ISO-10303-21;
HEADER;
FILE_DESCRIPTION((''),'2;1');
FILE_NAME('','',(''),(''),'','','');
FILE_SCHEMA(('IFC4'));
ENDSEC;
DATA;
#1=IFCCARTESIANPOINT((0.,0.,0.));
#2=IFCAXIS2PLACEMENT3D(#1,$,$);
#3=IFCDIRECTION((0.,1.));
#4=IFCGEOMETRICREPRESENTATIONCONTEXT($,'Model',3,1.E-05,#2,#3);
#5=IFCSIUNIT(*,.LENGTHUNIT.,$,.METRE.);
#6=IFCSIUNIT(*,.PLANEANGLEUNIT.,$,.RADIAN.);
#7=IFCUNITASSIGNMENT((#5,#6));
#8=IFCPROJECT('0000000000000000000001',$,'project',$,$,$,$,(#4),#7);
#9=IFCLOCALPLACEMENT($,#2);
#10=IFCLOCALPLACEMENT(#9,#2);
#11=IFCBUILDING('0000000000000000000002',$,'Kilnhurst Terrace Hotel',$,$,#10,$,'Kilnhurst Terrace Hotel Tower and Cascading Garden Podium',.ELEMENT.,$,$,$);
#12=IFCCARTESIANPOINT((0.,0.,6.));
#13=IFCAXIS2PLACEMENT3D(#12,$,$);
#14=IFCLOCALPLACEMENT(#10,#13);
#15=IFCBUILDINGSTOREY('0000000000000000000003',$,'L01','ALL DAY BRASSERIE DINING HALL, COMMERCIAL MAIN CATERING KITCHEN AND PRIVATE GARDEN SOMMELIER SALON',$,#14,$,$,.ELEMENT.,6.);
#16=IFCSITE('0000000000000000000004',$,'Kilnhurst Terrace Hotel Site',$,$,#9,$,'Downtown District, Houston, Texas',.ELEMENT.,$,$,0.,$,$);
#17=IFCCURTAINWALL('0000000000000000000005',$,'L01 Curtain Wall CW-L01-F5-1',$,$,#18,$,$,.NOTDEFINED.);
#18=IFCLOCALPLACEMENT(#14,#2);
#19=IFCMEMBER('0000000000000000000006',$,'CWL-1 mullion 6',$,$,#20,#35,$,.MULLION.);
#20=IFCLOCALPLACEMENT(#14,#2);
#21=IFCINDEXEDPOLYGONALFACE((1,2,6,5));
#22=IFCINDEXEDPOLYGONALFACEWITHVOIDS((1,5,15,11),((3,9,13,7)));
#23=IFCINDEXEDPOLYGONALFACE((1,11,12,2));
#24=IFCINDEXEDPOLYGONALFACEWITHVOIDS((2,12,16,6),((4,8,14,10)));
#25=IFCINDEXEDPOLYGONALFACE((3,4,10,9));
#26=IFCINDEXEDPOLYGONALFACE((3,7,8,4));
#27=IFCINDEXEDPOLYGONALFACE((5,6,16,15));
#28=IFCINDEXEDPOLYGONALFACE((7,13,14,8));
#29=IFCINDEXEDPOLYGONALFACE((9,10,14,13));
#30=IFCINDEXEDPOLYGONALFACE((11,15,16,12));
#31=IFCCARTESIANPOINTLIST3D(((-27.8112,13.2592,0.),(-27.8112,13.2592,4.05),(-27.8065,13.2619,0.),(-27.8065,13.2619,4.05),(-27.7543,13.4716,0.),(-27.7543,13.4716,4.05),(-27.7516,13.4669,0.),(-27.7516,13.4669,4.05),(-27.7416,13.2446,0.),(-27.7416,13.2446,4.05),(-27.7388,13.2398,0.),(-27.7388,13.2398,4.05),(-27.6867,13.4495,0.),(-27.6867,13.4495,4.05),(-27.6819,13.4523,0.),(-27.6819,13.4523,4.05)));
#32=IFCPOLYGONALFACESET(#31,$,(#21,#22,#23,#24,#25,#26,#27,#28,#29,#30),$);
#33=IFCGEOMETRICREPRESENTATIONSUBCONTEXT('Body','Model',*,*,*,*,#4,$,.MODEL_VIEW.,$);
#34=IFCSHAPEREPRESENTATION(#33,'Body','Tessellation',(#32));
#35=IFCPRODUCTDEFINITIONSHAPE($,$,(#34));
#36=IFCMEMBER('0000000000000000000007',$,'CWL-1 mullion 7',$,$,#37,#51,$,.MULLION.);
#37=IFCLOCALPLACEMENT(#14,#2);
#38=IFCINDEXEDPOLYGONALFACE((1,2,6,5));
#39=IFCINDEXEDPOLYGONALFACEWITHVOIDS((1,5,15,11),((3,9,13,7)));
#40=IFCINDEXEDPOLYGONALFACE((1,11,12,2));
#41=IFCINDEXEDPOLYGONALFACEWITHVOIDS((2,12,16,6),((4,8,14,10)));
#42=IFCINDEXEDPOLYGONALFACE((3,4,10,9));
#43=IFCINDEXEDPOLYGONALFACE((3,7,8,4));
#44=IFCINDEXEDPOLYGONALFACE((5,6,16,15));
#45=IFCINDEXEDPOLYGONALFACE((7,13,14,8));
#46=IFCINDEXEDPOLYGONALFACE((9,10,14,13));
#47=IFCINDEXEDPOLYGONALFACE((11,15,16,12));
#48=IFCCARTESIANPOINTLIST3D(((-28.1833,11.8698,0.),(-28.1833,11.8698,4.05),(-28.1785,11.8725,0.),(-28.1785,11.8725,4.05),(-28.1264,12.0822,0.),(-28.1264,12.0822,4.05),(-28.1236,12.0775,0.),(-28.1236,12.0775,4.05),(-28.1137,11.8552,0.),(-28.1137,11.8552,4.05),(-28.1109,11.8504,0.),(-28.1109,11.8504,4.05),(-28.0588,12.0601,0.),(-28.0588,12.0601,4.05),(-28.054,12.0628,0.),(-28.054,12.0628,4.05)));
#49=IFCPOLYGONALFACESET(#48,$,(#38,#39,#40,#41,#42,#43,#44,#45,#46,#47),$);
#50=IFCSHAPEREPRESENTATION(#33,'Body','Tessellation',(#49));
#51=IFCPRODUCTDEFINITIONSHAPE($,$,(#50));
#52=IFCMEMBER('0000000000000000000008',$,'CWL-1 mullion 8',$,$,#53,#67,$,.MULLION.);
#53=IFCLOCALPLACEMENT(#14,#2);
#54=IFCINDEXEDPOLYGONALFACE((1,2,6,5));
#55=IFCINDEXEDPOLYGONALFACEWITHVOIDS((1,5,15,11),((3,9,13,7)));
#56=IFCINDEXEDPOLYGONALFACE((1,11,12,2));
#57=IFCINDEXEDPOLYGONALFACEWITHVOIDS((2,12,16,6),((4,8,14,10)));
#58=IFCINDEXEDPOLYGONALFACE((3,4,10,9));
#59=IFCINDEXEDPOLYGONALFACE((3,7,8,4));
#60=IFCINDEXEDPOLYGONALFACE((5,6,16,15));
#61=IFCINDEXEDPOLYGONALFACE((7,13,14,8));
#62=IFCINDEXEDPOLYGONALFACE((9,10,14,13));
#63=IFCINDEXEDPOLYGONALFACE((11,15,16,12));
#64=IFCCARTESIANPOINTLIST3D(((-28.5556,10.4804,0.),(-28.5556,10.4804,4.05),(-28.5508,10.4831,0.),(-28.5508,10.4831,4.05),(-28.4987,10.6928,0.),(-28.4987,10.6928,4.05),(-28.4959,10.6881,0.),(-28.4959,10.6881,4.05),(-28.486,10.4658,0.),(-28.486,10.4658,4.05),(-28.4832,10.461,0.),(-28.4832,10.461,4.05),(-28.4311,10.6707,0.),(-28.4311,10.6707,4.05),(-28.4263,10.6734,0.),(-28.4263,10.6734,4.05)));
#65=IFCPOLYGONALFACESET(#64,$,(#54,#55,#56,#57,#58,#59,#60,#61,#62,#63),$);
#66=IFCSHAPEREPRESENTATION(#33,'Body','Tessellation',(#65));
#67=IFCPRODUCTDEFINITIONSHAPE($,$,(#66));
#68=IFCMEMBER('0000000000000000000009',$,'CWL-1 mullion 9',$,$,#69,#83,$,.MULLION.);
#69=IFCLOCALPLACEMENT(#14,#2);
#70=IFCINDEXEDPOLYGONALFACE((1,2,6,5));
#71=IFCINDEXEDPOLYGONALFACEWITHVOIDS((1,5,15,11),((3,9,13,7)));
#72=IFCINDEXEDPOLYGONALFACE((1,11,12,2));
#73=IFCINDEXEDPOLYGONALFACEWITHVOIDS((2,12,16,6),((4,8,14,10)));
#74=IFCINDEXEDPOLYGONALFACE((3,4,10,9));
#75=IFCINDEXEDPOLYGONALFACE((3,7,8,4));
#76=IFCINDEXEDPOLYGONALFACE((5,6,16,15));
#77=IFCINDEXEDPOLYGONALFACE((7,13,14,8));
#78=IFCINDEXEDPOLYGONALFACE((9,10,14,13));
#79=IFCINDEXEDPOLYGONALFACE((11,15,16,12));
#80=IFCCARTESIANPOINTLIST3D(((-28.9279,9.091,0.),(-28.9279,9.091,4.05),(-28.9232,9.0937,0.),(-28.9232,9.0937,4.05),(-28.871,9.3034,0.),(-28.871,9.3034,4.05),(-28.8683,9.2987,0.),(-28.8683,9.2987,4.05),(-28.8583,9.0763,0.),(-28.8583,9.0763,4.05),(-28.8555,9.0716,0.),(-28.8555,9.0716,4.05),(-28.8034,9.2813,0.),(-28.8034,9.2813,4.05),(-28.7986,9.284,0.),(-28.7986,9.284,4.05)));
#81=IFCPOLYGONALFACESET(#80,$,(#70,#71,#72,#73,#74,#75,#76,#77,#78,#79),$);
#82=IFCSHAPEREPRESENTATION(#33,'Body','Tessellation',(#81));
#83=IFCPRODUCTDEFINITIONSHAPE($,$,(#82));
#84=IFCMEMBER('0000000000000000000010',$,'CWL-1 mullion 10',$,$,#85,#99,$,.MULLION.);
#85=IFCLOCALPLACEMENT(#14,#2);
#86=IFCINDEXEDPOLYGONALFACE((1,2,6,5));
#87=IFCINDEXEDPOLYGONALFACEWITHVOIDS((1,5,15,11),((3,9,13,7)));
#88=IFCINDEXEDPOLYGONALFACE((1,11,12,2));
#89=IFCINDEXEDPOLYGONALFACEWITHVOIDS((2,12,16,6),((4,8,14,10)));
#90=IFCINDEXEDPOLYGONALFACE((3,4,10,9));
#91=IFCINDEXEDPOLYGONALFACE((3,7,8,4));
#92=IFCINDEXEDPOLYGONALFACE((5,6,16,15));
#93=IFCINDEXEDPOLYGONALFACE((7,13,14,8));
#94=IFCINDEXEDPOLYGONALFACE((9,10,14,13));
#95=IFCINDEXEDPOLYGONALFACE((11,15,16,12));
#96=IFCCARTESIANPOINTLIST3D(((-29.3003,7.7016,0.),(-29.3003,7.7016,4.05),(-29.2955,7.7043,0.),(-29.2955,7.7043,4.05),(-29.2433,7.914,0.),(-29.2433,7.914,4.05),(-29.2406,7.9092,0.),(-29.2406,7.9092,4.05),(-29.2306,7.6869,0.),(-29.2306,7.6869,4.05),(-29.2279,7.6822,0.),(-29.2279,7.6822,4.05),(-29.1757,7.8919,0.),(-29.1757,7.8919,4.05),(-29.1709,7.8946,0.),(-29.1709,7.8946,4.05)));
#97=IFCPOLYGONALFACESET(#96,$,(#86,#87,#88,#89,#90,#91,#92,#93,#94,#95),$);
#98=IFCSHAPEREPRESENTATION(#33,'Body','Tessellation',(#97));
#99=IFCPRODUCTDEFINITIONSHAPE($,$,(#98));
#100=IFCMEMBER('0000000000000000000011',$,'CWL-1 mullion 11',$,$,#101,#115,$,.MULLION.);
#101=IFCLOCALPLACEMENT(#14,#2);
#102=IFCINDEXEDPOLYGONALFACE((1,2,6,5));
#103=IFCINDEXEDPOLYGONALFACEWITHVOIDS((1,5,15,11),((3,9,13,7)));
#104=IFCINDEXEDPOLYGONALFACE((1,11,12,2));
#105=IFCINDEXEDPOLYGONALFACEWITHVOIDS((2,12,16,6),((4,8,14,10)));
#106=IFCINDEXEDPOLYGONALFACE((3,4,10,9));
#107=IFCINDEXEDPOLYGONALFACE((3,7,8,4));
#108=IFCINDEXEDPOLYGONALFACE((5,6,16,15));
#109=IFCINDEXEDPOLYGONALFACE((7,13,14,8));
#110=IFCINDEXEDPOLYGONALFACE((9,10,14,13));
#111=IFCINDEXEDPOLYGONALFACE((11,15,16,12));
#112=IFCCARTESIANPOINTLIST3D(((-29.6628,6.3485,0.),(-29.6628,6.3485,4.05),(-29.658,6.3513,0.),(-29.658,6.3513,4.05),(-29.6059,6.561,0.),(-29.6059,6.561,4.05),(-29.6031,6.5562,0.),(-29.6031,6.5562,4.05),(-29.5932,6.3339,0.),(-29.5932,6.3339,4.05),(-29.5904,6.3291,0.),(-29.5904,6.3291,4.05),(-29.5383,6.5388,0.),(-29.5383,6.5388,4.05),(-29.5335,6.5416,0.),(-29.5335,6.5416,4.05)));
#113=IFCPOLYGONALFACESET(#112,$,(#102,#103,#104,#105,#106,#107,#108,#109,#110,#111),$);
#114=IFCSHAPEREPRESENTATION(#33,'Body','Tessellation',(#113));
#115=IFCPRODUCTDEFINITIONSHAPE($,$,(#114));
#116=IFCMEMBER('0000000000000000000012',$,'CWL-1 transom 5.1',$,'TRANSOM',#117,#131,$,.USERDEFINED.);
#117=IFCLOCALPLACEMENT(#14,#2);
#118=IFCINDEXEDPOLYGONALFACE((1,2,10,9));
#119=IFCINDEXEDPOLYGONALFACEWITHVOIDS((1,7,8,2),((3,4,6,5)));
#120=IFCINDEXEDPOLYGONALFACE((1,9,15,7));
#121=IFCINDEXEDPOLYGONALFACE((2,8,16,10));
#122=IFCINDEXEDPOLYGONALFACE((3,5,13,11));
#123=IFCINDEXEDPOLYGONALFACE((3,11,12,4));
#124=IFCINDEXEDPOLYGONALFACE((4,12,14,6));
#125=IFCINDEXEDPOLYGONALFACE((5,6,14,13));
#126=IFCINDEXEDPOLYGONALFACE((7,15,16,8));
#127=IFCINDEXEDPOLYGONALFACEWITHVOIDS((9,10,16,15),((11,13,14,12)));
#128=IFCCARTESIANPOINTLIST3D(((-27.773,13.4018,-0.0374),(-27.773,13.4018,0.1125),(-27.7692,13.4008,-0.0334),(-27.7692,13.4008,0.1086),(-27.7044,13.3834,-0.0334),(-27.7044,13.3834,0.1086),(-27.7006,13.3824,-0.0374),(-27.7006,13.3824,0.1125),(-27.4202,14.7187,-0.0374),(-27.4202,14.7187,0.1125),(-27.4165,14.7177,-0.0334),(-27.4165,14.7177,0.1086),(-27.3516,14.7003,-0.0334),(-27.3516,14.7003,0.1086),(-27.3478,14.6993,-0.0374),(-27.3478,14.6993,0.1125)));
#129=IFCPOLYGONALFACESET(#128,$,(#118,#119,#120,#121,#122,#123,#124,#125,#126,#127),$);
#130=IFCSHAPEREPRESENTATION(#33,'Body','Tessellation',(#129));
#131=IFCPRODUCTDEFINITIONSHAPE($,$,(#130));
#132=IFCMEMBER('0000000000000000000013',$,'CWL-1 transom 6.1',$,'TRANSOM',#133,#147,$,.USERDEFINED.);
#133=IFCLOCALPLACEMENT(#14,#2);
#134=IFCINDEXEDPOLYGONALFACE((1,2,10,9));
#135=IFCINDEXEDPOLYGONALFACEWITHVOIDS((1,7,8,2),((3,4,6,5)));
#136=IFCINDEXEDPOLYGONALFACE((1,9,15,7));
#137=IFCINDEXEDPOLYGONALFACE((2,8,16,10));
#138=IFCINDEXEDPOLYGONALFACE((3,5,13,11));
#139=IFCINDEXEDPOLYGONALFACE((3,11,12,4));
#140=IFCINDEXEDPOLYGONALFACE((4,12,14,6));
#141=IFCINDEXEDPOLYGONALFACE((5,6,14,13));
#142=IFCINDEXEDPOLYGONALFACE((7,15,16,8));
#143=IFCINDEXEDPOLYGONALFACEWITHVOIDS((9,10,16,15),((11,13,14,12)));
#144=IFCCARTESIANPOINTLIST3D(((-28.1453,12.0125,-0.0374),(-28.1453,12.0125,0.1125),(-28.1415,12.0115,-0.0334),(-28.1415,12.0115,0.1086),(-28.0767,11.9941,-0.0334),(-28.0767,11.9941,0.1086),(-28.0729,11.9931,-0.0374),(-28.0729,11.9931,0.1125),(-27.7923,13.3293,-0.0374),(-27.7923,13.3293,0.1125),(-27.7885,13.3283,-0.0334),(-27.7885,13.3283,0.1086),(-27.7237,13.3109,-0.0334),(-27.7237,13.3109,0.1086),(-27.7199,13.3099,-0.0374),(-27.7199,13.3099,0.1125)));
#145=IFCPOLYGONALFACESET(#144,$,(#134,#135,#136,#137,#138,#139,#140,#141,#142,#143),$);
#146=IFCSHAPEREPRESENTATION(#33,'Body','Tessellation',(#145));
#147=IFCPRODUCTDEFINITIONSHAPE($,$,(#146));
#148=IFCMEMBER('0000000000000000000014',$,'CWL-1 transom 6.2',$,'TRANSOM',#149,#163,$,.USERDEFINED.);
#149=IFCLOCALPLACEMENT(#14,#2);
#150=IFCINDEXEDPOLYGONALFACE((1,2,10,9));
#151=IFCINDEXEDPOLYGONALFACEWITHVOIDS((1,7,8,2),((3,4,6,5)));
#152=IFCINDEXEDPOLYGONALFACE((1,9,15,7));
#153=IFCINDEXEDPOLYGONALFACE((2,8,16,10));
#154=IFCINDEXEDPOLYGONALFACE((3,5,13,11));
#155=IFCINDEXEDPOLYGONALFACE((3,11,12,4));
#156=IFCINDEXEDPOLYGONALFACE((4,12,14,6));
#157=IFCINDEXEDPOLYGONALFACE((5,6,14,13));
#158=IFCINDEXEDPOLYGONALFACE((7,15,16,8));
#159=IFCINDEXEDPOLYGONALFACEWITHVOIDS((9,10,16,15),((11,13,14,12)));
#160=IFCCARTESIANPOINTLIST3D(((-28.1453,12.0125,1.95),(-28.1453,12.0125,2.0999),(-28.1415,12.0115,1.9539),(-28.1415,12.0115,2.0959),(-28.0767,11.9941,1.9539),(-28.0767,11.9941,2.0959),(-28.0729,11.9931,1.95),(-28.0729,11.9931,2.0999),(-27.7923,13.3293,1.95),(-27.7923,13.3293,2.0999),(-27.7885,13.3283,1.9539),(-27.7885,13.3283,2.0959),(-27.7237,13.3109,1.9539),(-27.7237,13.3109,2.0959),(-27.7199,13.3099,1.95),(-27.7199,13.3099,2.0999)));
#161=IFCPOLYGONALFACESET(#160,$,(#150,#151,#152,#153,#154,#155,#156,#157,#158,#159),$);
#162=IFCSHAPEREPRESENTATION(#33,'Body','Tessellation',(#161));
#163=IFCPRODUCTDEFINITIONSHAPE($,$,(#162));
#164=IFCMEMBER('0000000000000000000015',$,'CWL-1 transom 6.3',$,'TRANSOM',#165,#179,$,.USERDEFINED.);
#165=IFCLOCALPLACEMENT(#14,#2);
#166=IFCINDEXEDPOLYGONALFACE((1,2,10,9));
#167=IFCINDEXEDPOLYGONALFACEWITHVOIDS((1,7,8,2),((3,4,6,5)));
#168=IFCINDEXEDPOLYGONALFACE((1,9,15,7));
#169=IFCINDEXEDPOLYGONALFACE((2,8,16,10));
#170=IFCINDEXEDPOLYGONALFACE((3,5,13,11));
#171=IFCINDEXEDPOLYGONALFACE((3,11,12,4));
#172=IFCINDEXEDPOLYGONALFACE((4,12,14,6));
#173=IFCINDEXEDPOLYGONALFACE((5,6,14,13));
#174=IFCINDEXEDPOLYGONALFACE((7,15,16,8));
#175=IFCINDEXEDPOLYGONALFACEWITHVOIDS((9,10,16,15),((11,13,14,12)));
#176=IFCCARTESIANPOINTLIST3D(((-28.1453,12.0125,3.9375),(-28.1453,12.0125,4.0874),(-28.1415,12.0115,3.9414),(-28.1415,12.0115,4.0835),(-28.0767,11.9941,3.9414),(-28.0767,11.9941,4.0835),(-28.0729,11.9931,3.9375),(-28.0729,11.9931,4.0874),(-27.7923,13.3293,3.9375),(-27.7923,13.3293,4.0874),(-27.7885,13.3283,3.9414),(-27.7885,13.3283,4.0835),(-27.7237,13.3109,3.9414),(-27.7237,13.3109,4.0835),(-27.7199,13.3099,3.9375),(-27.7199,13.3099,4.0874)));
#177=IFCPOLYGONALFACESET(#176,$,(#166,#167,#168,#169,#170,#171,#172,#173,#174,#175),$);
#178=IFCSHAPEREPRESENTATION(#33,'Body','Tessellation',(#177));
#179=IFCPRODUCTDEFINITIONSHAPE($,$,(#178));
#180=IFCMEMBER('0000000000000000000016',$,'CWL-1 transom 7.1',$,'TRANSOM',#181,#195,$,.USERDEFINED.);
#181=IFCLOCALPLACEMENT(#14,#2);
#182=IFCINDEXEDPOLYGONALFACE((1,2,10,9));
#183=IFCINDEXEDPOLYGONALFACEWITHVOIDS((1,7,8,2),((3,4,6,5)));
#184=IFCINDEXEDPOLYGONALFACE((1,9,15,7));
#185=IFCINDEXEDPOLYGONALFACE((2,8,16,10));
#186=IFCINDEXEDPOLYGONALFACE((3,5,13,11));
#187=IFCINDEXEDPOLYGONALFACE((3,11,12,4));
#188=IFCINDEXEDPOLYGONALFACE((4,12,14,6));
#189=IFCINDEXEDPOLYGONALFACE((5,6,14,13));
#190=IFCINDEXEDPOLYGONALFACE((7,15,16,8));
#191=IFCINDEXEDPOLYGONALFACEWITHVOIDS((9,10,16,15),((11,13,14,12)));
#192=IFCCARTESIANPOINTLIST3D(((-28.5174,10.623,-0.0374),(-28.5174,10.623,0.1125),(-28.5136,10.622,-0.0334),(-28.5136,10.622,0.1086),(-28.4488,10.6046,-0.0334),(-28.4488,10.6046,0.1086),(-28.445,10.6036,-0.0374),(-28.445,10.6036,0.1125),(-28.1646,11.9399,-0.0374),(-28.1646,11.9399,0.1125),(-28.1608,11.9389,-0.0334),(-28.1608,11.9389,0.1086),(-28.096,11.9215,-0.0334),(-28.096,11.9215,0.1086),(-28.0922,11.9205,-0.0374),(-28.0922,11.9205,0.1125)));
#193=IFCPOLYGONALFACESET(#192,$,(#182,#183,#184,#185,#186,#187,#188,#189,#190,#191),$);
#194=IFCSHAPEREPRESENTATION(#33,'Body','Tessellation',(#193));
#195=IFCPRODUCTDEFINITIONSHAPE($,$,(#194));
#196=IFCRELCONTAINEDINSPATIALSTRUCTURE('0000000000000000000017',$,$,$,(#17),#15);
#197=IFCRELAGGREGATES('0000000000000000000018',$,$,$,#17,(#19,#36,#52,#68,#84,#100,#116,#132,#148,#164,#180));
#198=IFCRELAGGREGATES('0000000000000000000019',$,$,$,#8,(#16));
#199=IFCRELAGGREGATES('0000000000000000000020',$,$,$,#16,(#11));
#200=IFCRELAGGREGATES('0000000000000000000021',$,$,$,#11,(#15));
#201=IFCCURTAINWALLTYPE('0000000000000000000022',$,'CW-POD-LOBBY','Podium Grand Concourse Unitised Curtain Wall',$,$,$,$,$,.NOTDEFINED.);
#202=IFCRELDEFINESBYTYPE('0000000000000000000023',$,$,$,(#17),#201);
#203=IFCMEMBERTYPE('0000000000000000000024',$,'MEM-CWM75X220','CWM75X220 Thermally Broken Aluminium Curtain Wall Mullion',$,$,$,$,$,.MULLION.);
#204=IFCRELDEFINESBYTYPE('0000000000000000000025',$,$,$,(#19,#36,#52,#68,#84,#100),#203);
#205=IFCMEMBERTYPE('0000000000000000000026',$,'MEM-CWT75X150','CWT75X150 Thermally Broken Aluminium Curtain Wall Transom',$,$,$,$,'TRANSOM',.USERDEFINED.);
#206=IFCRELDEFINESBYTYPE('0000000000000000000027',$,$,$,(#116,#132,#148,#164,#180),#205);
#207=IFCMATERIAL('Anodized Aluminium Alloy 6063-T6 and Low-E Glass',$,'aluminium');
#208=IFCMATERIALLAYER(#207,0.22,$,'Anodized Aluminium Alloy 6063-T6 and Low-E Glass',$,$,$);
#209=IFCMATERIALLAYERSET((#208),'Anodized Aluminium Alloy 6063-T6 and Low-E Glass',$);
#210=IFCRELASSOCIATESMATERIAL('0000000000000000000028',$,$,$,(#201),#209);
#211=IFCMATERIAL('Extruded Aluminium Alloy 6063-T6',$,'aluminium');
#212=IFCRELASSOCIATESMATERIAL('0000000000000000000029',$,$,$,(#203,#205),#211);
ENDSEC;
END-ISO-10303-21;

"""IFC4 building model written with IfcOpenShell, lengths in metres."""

from ifc_helpers import new_model, si_unit, direction, frame, origin, origin_2d, place, context, subcontext, project, spatial, hollow_rectangle, extrude, material, layer, layer_set, material_profile, profile_set, type_object, element, aggregate, save


model = new_model("IFC4")

# Units and contexts
model_context = context("Model", 3, precision=1e-05, world=origin(), true_north=direction((0.0, 1.0)))
body_context = subcontext(model_context, "Body", "Model", "MODEL_VIEW")
ifc_project = project(units=[si_unit("LENGTHUNIT", "METRE"), si_unit("PLANEANGLEUNIT", "RADIAN")], contexts=[model_context])

# Site, building, storey
site_placement = place(None, origin())
site = spatial("IfcSite", under=ifc_project, at=site_placement, Name="Kilnhurst Terrace Hotel Site", LongName="Downtown District, Houston, Texas", CompositionType="ELEMENT", RefElevation=0.0)
building_placement = place(site_placement, origin())
building = spatial("IfcBuilding", under=site, at=building_placement, Name="Kilnhurst Terrace Hotel", LongName="Kilnhurst Terrace Hotel Tower and Cascading Garden Podium", CompositionType="ELEMENT")
storey_placement = place(building_placement, frame((0.0, 0.0, 6.0)))
storey = spatial("IfcBuildingStorey", under=building, at=storey_placement, Name="L01", Description="ALL DAY BRASSERIE DINING HALL, COMMERCIAL MAIN CATERING KITCHEN AND PRIVATE GARDEN SOMMELIER SALON", CompositionType="ELEMENT", Elevation=6.0)

# Curtain wall, members
ifc_material_1 = material(Name="Anodized Aluminium Alloy 6063-T6 and Low-E Glass", Category="aluminium")
ifc_layer_1 = layer(ifc_material_1, 0.22, Name="Anodized Aluminium Alloy 6063-T6 and Low-E Glass")
ifc_layer_set_1 = layer_set([ifc_layer_1], Name="Anodized Aluminium Alloy 6063-T6 and Low-E Glass")
curtain_wall_type = type_object("IfcCurtainWallType", Name="CW-POD-LOBBY", Description="Podium Grand Concourse Unitised Curtain Wall", PredefinedType="NOTDEFINED", material=ifc_layer_set_1)
curtain_wall_placement = place(storey_placement, origin())
curtain_wall = element("IfcCurtainWall", 1, at=curtain_wall_placement, inside=storey, type_object=curtain_wall_type, Name="L01 Curtain Wall CW-L01-F5-1", PredefinedType="NOTDEFINED")
ifc_material_2 = material(Name="Extruded Aluminium Alloy 6063-T6", Category="aluminium")
ifc_material_profile_1 = material_profile(ifc_material_2, hollow_rectangle(XDim=0.075, YDim=0.22, WallThickness=0.0039, at=origin_2d()), Name="CWM75X220")
ifc_profile_set_1 = profile_set([ifc_material_profile_1], Name="Extruded Aluminium Alloy 6063-T6")
member_type_1 = type_object("IfcMemberType", Name="MEM-CWM75X220", Description="CWM75X220 Thermally Broken Aluminium Curtain Wall Mullion", PredefinedType="MULLION", material=ifc_profile_set_1)
member_1_placement = place(storey_placement, frame((-27.7466, 13.3557, 0.0), z_axis=(0.0, 0.0, 1.0), x_axis=(0.96593, -0.258802, 0.0)))
member_1 = element("IfcMember", 2, at=member_1_placement, type_object=member_type_1, Name="CWL-1 mullion 6", PredefinedType="MULLION", context=body_context, shape_type="SweptSolid", body=[
    extrude(hollow_rectangle(XDim=0.075, YDim=0.22, WallThickness=0.0039, at=origin_2d()), origin(), (0.0, 0.0, 1.0), 4.05),
])
member_2_placement = place(storey_placement, frame((-28.1187, 11.9663, 0.0), z_axis=(0.0, 0.0, 1.0), x_axis=(0.96593, -0.258802, 0.0)))
member_2 = element("IfcMember", 3, at=member_2_placement, type_object=member_type_1, Name="CWL-1 mullion 7", PredefinedType="MULLION", context=body_context, shape_type="SweptSolid", body=[
    extrude(hollow_rectangle(XDim=0.075, YDim=0.22, WallThickness=0.0039, at=origin_2d()), origin(), (0.0, 0.0, 1.0), 4.05),
])
member_3_placement = place(storey_placement, frame((-28.491, 10.5769, 0.0), z_axis=(0.0, 0.0, 1.0), x_axis=(0.96593, -0.258802, 0.0)))
member_3 = element("IfcMember", 4, at=member_3_placement, type_object=member_type_1, Name="CWL-1 mullion 8", PredefinedType="MULLION", context=body_context, shape_type="SweptSolid", body=[
    extrude(hollow_rectangle(XDim=0.075, YDim=0.22, WallThickness=0.0039, at=origin_2d()), origin(), (0.0, 0.0, 1.0), 4.05),
])
member_4_placement = place(storey_placement, frame((-28.8633, 9.1875, 0.0), z_axis=(0.0, 0.0, 1.0), x_axis=(0.96593, -0.258802, 0.0)))
member_4 = element("IfcMember", 5, at=member_4_placement, type_object=member_type_1, Name="CWL-1 mullion 9", PredefinedType="MULLION", context=body_context, shape_type="SweptSolid", body=[
    extrude(hollow_rectangle(XDim=0.075, YDim=0.22, WallThickness=0.0039, at=origin_2d()), origin(), (0.0, 0.0, 1.0), 4.05),
])
member_5_placement = place(storey_placement, frame((-29.2356, 7.7981, 0.0), z_axis=(0.0, 0.0, 1.0), x_axis=(0.96593, -0.258802, 0.0)))
member_5 = element("IfcMember", 6, at=member_5_placement, type_object=member_type_1, Name="CWL-1 mullion 10", PredefinedType="MULLION", context=body_context, shape_type="SweptSolid", body=[
    extrude(hollow_rectangle(XDim=0.075, YDim=0.22, WallThickness=0.0039, at=origin_2d()), origin(), (0.0, 0.0, 1.0), 4.05),
])
member_6_placement = place(storey_placement, frame((-29.5981, 6.4451, 0.0), z_axis=(0.0, 0.0, 1.0), x_axis=(0.96593, -0.258802, 0.0)))
member_6 = element("IfcMember", 7, at=member_6_placement, type_object=member_type_1, Name="CWL-1 mullion 11", PredefinedType="MULLION", context=body_context, shape_type="SweptSolid", body=[
    extrude(hollow_rectangle(XDim=0.075, YDim=0.22, WallThickness=0.0039, at=origin_2d()), origin(), (0.0, 0.0, 1.0), 4.05),
])
ifc_material_profile_2 = material_profile(ifc_material_2, hollow_rectangle(XDim=0.075, YDim=0.1499, WallThickness=0.0039, at=origin_2d()), Name="CWT75X150")
ifc_profile_set_2 = profile_set([ifc_material_profile_2], Name="Extruded Aluminium Alloy 6063-T6")
member_type_2 = type_object("IfcMemberType", Name="MEM-CWT75X150", Description="CWT75X150 Thermally Broken Aluminium Curtain Wall Transom", ElementType="TRANSOM", PredefinedType="USERDEFINED", material=ifc_profile_set_2)
member_7_placement = place(storey_placement, frame((-27.384, 14.709, 0.0376), z_axis=(-0.258766, -0.96594, 0.0), x_axis=(0.96594, -0.258766, 0.0)))
member_7 = element("IfcMember", 8, at=member_7_placement, type_object=member_type_2, Name="CWL-1 transom 5.1", ObjectType="TRANSOM", PredefinedType="USERDEFINED", context=body_context, shape_type="SweptSolid", body=[
    extrude(hollow_rectangle(XDim=0.075, YDim=0.1499, WallThickness=0.0039, at=origin_2d()), origin(), (0.0, 0.0, 1.0), 1.3633),
])
member_8_placement = place(storey_placement, frame((-27.7561, 13.3196, 0.0376), z_axis=(-0.258933, -0.965895, 0.0), x_axis=(0.965895, -0.258933, 0.0)))
member_8 = element("IfcMember", 9, at=member_8_placement, type_object=member_type_2, Name="CWL-1 transom 6.1", ObjectType="TRANSOM", PredefinedType="USERDEFINED", context=body_context, shape_type="SweptSolid", body=[
    extrude(hollow_rectangle(XDim=0.075, YDim=0.1499, WallThickness=0.0039, at=origin_2d()), origin(), (0.0, 0.0, 1.0), 1.3633),
])
member_9_placement = place(storey_placement, frame((-27.7561, 13.3196, 2.0249), z_axis=(-0.258933, -0.965895, 0.0), x_axis=(0.965895, -0.258933, 0.0)))
member_9 = element("IfcMember", 10, at=member_9_placement, type_object=member_type_2, Name="CWL-1 transom 6.2", ObjectType="TRANSOM", PredefinedType="USERDEFINED", context=body_context, shape_type="SweptSolid", body=[
    extrude(hollow_rectangle(XDim=0.075, YDim=0.1499, WallThickness=0.0039, at=origin_2d()), origin(), (0.0, 0.0, 1.0), 1.3633),
])
member_10_placement = place(storey_placement, frame((-27.7561, 13.3196, 4.0125), z_axis=(-0.258933, -0.965895, 0.0), x_axis=(0.965895, -0.258933, 0.0)))
member_10 = element("IfcMember", 11, at=member_10_placement, type_object=member_type_2, Name="CWL-1 transom 6.3", ObjectType="TRANSOM", PredefinedType="USERDEFINED", context=body_context, shape_type="SweptSolid", body=[
    extrude(hollow_rectangle(XDim=0.075, YDim=0.1499, WallThickness=0.0039, at=origin_2d()), origin(), (0.0, 0.0, 1.0), 1.3633),
])
member_11_placement = place(storey_placement, frame((-28.1284, 11.9302, 0.0376), z_axis=(-0.258766, -0.96594, 0.0), x_axis=(0.96594, -0.258766, 0.0)))
member_11 = element("IfcMember", 12, at=member_11_placement, type_object=member_type_2, Name="CWL-1 transom 7.1", ObjectType="TRANSOM", PredefinedType="USERDEFINED", context=body_context, shape_type="SweptSolid", body=[
    extrude(hollow_rectangle(XDim=0.075, YDim=0.1499, WallThickness=0.0039, at=origin_2d()), origin(), (0.0, 0.0, 1.0), 1.3633),
])
aggregate(curtain_wall, [member_1, member_2, member_3, member_4, member_5, member_6, member_7, member_8, member_9, member_10, member_11])

save(model, "model.ifc")
